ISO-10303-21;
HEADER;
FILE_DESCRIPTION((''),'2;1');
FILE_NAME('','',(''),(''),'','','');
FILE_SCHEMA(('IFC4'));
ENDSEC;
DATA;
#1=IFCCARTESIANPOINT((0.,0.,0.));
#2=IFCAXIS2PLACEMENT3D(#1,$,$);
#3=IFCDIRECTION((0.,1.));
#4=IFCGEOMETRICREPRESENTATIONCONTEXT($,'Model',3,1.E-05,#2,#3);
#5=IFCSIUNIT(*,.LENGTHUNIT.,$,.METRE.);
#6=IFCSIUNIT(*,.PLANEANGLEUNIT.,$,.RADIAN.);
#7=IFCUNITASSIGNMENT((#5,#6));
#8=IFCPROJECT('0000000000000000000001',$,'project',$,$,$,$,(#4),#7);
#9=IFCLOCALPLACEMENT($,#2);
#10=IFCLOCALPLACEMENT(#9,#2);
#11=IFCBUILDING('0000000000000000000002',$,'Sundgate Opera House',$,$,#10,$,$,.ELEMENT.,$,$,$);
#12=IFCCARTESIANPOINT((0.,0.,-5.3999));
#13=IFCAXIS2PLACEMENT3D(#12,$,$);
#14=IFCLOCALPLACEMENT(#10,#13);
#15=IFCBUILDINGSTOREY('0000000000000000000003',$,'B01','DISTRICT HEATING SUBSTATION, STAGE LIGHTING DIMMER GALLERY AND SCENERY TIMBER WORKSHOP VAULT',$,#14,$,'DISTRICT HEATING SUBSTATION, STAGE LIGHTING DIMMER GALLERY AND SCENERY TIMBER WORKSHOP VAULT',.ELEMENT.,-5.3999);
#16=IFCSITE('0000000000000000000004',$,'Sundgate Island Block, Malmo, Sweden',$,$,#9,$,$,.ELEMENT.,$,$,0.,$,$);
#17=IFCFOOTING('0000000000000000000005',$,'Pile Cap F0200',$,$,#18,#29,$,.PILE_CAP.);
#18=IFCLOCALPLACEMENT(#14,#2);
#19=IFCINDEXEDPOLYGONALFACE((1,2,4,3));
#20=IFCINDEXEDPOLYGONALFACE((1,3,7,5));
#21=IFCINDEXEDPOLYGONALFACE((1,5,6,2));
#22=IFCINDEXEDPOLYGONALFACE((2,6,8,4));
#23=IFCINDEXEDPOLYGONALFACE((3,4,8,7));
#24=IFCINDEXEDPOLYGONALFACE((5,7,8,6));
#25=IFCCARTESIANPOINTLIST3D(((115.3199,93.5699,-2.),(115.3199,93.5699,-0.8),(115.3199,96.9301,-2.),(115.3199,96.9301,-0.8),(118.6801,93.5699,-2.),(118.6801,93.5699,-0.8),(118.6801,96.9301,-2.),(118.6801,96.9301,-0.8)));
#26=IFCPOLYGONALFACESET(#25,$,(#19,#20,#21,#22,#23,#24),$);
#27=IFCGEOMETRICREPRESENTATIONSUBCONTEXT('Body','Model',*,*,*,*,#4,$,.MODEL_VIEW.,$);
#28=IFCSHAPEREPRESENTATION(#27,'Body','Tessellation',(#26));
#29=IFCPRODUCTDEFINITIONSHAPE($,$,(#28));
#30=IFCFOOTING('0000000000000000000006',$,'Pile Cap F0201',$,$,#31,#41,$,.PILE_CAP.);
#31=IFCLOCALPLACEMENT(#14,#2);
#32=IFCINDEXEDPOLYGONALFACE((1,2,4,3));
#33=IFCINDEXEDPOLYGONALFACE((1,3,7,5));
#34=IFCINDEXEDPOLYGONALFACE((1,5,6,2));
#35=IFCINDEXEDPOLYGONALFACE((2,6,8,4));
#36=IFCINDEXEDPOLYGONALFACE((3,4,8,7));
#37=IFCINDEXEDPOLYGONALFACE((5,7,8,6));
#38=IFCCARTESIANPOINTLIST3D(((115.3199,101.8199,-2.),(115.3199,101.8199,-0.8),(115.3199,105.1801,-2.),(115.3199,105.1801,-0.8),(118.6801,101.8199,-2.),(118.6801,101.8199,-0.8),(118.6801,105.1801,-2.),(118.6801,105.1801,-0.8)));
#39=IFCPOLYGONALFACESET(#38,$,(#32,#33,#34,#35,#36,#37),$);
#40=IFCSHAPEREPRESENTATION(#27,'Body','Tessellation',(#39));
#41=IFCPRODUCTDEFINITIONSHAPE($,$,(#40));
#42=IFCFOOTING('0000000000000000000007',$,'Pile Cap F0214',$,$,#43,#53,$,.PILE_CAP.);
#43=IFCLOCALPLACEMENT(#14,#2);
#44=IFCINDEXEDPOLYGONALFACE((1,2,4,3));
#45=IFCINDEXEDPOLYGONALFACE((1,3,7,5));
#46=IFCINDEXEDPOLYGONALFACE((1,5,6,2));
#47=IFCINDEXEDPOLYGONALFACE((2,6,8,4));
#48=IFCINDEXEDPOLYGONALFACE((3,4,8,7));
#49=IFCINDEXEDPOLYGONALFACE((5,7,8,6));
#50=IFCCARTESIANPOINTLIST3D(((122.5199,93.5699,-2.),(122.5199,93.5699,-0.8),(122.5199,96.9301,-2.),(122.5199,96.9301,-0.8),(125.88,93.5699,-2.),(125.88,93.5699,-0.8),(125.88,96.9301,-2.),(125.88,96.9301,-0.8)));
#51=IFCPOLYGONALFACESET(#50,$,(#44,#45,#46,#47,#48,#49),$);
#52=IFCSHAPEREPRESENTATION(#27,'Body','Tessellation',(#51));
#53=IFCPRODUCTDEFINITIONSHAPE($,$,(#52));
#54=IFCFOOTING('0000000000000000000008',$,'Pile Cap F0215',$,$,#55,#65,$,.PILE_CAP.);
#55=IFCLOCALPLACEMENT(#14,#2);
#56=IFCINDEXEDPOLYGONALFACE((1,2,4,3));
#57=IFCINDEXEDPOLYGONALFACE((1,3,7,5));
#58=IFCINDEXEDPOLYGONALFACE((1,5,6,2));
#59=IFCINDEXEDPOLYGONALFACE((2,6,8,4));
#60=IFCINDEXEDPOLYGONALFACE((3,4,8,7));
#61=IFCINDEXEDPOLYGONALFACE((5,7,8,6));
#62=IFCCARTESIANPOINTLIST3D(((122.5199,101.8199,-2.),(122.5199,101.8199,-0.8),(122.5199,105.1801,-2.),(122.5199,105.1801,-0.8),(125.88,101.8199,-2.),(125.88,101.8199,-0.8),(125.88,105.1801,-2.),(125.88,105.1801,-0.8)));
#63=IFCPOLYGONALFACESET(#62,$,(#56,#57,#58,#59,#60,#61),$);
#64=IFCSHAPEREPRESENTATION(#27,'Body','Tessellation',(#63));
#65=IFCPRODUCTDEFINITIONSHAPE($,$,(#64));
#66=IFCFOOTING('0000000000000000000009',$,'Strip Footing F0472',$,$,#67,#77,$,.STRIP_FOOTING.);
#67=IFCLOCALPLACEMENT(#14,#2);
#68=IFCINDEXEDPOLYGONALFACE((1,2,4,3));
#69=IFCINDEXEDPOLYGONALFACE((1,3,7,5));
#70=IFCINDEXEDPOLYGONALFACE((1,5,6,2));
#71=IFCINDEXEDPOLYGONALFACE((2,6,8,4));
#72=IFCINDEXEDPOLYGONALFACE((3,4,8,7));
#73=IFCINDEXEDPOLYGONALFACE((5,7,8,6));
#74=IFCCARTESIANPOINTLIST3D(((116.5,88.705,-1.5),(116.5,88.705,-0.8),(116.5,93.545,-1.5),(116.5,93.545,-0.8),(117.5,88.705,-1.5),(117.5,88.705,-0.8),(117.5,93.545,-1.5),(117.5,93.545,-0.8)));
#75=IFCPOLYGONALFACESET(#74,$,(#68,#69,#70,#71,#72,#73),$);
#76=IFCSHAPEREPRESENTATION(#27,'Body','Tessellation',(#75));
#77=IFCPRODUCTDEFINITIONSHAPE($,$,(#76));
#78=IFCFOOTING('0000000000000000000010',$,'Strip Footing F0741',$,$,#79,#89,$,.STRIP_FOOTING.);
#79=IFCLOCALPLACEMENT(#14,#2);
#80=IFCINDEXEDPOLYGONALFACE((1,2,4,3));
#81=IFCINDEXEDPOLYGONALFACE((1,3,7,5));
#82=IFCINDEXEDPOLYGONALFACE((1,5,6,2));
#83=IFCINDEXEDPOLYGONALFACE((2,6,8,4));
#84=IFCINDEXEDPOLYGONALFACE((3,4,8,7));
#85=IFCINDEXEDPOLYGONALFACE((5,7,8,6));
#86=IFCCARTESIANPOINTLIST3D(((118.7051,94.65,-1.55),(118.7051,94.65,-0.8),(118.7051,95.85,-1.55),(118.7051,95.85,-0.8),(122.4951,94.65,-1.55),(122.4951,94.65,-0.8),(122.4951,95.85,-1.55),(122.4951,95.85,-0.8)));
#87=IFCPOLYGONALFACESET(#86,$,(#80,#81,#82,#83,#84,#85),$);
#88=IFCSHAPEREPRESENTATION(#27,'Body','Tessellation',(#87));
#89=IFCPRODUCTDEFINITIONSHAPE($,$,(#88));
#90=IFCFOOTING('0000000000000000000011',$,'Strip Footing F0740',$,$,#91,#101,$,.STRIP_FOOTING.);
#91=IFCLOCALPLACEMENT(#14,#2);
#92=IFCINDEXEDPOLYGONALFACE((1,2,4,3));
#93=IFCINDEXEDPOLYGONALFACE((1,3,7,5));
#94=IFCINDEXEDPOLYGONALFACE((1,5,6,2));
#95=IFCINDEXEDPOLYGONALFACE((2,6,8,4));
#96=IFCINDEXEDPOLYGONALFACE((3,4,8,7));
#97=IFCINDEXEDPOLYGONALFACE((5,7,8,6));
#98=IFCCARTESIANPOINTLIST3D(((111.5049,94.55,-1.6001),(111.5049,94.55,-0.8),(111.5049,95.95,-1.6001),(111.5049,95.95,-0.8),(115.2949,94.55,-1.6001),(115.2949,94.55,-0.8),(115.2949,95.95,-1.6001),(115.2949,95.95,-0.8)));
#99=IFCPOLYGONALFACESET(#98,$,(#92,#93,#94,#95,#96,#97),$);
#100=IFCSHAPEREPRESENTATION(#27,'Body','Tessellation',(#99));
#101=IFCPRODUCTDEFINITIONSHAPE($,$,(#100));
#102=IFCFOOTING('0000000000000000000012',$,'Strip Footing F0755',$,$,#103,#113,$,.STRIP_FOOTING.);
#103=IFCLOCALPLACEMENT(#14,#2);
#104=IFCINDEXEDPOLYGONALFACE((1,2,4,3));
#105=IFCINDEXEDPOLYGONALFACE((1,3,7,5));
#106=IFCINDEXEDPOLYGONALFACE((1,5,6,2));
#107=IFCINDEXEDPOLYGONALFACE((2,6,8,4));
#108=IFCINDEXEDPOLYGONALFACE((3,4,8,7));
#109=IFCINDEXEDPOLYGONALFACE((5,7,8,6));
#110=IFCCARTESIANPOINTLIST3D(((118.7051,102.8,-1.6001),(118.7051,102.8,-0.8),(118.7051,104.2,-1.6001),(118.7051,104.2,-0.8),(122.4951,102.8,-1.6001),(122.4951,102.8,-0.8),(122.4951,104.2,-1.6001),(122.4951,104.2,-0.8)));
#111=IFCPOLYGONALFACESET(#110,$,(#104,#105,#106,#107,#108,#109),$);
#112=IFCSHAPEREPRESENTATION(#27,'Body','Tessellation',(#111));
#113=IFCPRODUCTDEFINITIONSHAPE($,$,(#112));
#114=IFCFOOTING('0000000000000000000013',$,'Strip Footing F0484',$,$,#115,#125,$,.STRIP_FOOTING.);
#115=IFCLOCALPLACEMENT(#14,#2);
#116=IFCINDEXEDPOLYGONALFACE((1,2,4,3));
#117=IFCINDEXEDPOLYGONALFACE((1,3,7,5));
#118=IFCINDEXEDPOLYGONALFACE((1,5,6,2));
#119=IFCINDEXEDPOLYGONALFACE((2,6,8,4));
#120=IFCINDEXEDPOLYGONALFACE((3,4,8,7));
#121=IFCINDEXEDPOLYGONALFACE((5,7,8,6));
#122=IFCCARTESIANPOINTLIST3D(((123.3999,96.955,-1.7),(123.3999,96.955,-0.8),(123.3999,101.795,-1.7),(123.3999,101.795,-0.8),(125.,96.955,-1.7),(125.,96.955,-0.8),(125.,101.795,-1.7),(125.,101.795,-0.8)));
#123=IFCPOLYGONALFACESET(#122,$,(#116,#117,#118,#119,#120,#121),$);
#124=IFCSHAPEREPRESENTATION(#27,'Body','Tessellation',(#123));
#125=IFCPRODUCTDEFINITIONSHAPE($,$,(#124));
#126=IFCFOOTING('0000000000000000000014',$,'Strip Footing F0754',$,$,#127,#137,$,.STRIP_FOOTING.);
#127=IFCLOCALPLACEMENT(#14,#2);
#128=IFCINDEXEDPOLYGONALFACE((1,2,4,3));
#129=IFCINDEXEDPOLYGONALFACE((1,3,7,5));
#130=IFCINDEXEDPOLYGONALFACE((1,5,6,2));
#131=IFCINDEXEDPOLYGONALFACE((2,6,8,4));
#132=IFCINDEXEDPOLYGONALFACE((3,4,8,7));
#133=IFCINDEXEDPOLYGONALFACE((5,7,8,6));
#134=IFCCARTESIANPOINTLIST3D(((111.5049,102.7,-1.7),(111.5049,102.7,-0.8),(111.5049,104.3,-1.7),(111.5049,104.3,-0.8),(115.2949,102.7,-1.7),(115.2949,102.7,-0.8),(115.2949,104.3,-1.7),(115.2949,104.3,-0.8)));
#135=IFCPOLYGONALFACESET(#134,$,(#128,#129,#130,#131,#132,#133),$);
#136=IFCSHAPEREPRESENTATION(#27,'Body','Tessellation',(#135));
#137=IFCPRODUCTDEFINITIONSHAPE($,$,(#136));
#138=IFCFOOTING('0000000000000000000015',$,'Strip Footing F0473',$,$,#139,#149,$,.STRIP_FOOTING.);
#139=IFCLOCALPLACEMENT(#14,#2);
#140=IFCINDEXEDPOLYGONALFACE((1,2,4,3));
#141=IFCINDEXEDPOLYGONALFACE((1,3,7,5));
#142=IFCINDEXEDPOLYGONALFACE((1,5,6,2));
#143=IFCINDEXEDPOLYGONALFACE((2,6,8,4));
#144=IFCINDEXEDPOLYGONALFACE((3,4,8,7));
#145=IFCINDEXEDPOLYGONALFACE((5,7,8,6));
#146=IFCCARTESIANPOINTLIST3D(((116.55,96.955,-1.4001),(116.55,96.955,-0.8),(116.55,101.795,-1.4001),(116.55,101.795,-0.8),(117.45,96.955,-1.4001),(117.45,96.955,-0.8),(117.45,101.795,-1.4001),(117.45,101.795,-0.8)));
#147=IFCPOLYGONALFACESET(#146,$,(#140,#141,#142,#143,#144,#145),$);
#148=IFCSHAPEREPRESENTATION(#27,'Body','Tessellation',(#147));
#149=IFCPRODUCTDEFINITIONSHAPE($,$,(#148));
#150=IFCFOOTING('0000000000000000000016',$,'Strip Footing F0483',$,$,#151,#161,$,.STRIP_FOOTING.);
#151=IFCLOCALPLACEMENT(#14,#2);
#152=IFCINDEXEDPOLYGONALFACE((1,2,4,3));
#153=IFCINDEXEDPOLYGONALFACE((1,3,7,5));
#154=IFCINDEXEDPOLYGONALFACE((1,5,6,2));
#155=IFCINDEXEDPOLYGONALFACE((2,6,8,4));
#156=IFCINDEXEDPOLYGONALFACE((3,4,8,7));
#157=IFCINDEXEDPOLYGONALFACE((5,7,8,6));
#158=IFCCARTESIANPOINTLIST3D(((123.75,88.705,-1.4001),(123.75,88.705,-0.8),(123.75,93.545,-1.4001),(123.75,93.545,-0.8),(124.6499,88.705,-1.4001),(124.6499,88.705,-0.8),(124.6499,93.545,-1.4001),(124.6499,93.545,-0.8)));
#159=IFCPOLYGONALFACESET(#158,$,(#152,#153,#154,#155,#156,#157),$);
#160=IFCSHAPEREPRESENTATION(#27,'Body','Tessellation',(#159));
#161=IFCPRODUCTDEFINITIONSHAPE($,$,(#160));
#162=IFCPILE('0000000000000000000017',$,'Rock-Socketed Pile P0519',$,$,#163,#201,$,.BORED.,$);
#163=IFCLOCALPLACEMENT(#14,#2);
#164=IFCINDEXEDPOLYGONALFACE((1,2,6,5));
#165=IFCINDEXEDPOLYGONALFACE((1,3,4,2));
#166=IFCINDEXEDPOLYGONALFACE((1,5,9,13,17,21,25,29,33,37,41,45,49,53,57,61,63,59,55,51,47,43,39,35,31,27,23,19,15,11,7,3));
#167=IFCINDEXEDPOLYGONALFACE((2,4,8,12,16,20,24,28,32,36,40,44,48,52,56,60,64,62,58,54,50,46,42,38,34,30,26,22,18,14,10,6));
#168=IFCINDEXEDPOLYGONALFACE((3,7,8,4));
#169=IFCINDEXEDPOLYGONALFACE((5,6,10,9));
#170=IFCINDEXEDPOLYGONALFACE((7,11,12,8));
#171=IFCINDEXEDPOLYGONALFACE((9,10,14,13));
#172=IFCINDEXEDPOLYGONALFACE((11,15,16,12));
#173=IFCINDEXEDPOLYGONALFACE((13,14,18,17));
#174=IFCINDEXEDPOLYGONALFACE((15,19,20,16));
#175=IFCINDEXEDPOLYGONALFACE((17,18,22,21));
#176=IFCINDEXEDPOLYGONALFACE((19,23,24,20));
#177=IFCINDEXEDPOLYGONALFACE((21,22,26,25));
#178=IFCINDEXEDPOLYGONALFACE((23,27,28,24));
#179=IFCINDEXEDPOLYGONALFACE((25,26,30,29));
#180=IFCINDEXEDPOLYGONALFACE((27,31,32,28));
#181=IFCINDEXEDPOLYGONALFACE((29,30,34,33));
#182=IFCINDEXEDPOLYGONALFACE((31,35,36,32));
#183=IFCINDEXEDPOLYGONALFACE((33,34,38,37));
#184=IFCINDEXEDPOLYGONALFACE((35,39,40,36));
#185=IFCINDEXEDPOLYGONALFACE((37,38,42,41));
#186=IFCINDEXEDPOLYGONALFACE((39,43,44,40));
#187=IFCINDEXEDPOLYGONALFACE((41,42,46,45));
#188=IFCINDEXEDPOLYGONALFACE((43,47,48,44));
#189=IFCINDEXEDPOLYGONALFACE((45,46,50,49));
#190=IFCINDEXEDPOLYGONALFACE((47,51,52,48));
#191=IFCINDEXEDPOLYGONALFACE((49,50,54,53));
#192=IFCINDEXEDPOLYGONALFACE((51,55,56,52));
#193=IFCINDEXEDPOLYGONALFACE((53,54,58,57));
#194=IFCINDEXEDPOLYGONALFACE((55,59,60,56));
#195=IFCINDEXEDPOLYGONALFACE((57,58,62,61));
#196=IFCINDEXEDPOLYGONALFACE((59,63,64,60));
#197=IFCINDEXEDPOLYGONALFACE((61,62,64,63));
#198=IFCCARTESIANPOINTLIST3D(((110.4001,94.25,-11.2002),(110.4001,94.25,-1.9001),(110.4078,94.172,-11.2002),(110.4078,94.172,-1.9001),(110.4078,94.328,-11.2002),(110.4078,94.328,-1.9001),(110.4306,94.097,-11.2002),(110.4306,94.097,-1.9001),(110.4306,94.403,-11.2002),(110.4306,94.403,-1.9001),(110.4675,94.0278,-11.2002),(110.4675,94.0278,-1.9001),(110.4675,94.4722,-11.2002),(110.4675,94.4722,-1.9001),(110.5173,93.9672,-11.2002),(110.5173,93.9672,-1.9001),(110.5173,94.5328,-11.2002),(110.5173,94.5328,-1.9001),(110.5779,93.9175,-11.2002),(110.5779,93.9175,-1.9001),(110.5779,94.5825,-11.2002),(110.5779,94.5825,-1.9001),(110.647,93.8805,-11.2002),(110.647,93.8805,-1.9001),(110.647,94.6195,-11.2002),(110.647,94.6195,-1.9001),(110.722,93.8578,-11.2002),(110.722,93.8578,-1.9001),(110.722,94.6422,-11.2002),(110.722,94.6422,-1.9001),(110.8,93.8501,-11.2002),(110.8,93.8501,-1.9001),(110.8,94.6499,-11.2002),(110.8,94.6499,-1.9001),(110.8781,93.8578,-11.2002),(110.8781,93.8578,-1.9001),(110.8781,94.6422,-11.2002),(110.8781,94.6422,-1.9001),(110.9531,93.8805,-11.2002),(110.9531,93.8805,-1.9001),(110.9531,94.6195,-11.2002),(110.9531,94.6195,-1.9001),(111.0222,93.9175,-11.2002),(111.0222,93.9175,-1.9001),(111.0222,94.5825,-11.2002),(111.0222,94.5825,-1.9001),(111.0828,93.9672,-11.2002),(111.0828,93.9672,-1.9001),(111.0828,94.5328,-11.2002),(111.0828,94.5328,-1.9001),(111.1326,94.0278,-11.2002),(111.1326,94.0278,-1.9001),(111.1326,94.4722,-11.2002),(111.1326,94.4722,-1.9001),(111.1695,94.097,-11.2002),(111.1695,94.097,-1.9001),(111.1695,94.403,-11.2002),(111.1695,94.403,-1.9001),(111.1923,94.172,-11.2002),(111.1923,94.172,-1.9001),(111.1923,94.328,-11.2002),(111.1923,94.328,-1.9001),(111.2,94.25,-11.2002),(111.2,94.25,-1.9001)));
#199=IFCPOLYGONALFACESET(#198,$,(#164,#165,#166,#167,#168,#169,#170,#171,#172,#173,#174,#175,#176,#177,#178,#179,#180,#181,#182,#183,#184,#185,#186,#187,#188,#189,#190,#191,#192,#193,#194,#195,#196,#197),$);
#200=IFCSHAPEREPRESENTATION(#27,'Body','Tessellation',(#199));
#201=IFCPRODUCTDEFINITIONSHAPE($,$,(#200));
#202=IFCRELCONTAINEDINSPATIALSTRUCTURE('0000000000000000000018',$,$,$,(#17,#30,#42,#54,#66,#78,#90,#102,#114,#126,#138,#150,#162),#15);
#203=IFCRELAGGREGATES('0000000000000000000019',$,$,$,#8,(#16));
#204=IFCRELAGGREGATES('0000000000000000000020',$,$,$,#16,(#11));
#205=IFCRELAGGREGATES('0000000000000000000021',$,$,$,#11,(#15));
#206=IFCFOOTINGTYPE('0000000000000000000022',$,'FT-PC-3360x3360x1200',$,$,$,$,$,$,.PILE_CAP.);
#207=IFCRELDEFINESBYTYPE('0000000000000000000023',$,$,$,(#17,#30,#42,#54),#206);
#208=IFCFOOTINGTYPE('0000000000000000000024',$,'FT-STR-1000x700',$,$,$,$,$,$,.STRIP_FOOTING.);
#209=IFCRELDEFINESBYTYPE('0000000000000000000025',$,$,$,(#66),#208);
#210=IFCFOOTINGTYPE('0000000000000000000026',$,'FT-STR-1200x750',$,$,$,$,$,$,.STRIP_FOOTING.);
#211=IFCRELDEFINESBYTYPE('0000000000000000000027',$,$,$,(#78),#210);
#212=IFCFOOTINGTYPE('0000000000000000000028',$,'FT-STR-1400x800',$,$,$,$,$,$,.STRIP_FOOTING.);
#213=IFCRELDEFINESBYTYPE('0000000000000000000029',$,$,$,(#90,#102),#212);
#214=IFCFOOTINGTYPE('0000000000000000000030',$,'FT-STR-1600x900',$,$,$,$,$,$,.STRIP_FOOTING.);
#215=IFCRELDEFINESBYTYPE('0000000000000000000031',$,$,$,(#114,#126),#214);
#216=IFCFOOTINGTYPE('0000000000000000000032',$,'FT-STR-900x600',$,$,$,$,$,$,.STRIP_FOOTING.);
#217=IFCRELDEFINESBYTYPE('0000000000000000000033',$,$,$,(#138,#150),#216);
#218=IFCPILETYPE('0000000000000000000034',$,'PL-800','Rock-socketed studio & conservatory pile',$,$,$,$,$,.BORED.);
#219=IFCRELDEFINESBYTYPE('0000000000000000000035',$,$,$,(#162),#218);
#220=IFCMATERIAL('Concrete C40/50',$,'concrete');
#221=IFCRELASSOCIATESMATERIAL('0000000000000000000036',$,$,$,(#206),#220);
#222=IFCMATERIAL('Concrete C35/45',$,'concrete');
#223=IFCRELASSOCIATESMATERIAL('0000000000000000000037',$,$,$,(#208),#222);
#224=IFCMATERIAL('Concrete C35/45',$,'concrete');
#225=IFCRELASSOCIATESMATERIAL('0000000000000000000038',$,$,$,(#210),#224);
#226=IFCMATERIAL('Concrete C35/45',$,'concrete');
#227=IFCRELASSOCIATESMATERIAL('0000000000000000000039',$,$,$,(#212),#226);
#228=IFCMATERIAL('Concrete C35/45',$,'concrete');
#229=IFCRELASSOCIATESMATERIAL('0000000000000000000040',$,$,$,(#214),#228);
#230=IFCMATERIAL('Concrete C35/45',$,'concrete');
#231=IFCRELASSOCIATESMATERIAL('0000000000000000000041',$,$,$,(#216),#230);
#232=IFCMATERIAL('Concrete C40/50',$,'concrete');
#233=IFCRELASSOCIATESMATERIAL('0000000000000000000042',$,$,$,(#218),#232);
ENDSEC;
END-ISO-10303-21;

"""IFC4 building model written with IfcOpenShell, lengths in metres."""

from ifc_helpers import new_model, si_unit, direction, frame, origin, origin_2d, place, context, subcontext, project, spatial, rectangle, circle, extrude, material, material_profile, profile_set, type_object, element, save


model = new_model("IFC4")

# Units and contexts
model_context = context("Model", 3, precision=1e-05, world=origin(), true_north=direction((0.0, 1.0)))
body_context = subcontext(model_context, "Body", "Model", "MODEL_VIEW")
ifc_project = project(units=[si_unit("LENGTHUNIT", "METRE"), si_unit("PLANEANGLEUNIT", "RADIAN")], contexts=[model_context])

# Site, building, storey
site_placement = place(None, origin())
site = spatial("IfcSite", under=ifc_project, at=site_placement, Name="Sundgate Island Block, Malmo, Sweden", CompositionType="ELEMENT", RefElevation=0.0)
building_placement = place(site_placement, origin())
building = spatial("IfcBuilding", under=site, at=building_placement, Name="Sundgate Opera House", CompositionType="ELEMENT")
storey_placement = place(building_placement, frame((0.0, 0.0, -5.3999)))
storey = spatial("IfcBuildingStorey", under=building, at=storey_placement, Name="B01", Description="DISTRICT HEATING SUBSTATION, STAGE LIGHTING DIMMER GALLERY AND SCENERY TIMBER WORKSHOP VAULT", LongName="DISTRICT HEATING SUBSTATION, STAGE LIGHTING DIMMER GALLERY AND SCENERY TIMBER WORKSHOP VAULT", CompositionType="ELEMENT", Elevation=-5.3999)

# Footings
ifc_material_1 = material(Name="Concrete C40/50", Category="concrete")
footing_type_1 = type_object("IfcFootingType", Name="FT-PC-3360x3360x1200", PredefinedType="PILE_CAP", material=ifc_material_1)
for number, where, z_axis, x_axis, name in (
    (1, (117.0, 95.25, -2.0), (0.0, 0.0, 1.0), (1.0, 0.0, 0.0), "Pile Cap F0200"),
    (2, (117.0, 103.5, -2.0), (0.0, 0.0, 1.0), (1.0, 0.0, 0.0), "Pile Cap F0201"),
    (3, (124.2, 95.25, -2.0), (0.0, 0.0, 1.0), (1.0, 0.0, 0.0), "Pile Cap F0214"),
    (4, (124.2, 103.5, -2.0), (0.0, 0.0, 1.0), (1.0, 0.0, 0.0), "Pile Cap F0215"),
):
    element("IfcFooting", number, at=place(storey_placement, frame(where, z_axis=z_axis, x_axis=x_axis)), inside=storey, type_object=footing_type_1, Name=name, PredefinedType="PILE_CAP", context=body_context, shape_type="SweptSolid", body=[
        extrude(rectangle(XDim=3.3601, YDim=3.3601, at=origin_2d()), origin(), (0.0, 0.0, 1.0), 1.2),
    ])
ifc_material_2 = material(Name="Concrete C35/45", Category="concrete")
footing_type_2 = type_object("IfcFootingType", Name="FT-STR-1000x700", PredefinedType="STRIP_FOOTING", material=ifc_material_2)
footing_1_placement = place(storey_placement, frame((117.0, 91.125, -1.5), z_axis=(0.0, 0.0, 1.0), x_axis=(1.0, 0.0, 0.0)))
element("IfcFooting", 5, at=footing_1_placement, inside=storey, type_object=footing_type_2, Name="Strip Footing F0472", PredefinedType="STRIP_FOOTING", context=body_context, shape_type="SweptSolid", body=[
    extrude(rectangle(XDim=1.0, YDim=4.8401, at=origin_2d()), origin(), (0.0, 0.0, 1.0), 0.7),
])
ifc_material_3 = material(Name="Concrete C35/45", Category="concrete")
footing_type_3 = type_object("IfcFootingType", Name="FT-STR-1200x750", PredefinedType="STRIP_FOOTING", material=ifc_material_3)
footing_2_placement = place(storey_placement, frame((120.6001, 95.25, -1.55), z_axis=(0.0, 0.0, 1.0), x_axis=(1.0, 0.0, 0.0)))
element("IfcFooting", 6, at=footing_2_placement, inside=storey, type_object=footing_type_3, Name="Strip Footing F0741", PredefinedType="STRIP_FOOTING", context=body_context, shape_type="SweptSolid", body=[
    extrude(rectangle(XDim=3.79, YDim=1.2, at=origin_2d()), origin(), (0.0, 0.0, 1.0), 0.75),
])
ifc_material_4 = material(Name="Concrete C35/45", Category="concrete")
footing_type_4 = type_object("IfcFootingType", Name="FT-STR-1400x800", PredefinedType="STRIP_FOOTING", material=ifc_material_4)
for number, where, z_axis, x_axis, name in (
    (7, (113.3999, 95.25, -1.6001), (0.0, 0.0, 1.0), (1.0, 0.0, 0.0), "Strip Footing F0740"),
    (8, (120.6001, 103.5, -1.6001), (0.0, 0.0, 1.0), (1.0, 0.0, 0.0), "Strip Footing F0755"),
):
    element("IfcFooting", number, at=place(storey_placement, frame(where, z_axis=z_axis, x_axis=x_axis)), inside=storey, type_object=footing_type_4, Name=name, PredefinedType="STRIP_FOOTING", context=body_context, shape_type="SweptSolid", body=[
        extrude(rectangle(XDim=3.79, YDim=1.3999, at=origin_2d()), origin(), (0.0, 0.0, 1.0), 0.8),
    ])
ifc_material_5 = material(Name="Concrete C35/45", Category="concrete")
footing_type_5 = type_object("IfcFootingType", Name="FT-STR-1600x900", PredefinedType="STRIP_FOOTING", material=ifc_material_5)
footing_3_placement = place(storey_placement, frame((124.2, 99.375, -1.7), z_axis=(0.0, 0.0, 1.0), x_axis=(1.0, 0.0, 0.0)))
element("IfcFooting", 9, at=footing_3_placement, inside=storey, type_object=footing_type_5, Name="Strip Footing F0484", PredefinedType="STRIP_FOOTING", context=body_context, shape_type="SweptSolid", body=[
    extrude(rectangle(XDim=1.6001, YDim=4.8401, at=origin_2d()), origin(), (0.0, 0.0, 1.0), 0.8999),
])
footing_4_placement = place(storey_placement, frame((113.3999, 103.5, -1.7), z_axis=(0.0, 0.0, 1.0), x_axis=(1.0, 0.0, 0.0)))
element("IfcFooting", 10, at=footing_4_placement, inside=storey, type_object=footing_type_5, Name="Strip Footing F0754", PredefinedType="STRIP_FOOTING", context=body_context, shape_type="SweptSolid", body=[
    extrude(rectangle(XDim=3.79, YDim=1.6001, at=origin_2d()), origin(), (0.0, 0.0, 1.0), 0.8999),
])
ifc_material_6 = material(Name="Concrete C35/45", Category="concrete")
footing_type_6 = type_object("IfcFootingType", Name="FT-STR-900x600", PredefinedType="STRIP_FOOTING", material=ifc_material_6)
for number, where, z_axis, x_axis, name in (
    (11, (117.0, 99.375, -1.4001), (0.0, 0.0, 1.0), (1.0, 0.0, 0.0), "Strip Footing F0473"),
    (12, (124.2, 91.125, -1.4001), (0.0, 0.0, 1.0), (1.0, 0.0, 0.0), "Strip Footing F0483"),
):
    element("IfcFooting", number, at=place(storey_placement, frame(where, z_axis=z_axis, x_axis=x_axis)), inside=storey, type_object=footing_type_6, Name=name, PredefinedType="STRIP_FOOTING", context=body_context, shape_type="SweptSolid", body=[
        extrude(rectangle(XDim=0.8999, YDim=4.8401, at=origin_2d()), origin(), (0.0, 0.0, 1.0), 0.6001),
    ])

# Pile
ifc_material_7 = material(Name="Concrete C40/50", Category="concrete")
ifc_material_profile_1 = material_profile(ifc_material_7, circle(Radius=0.3999, at=origin_2d()), Name="PILE D800")
ifc_profile_set_1 = profile_set([ifc_material_profile_1], Name="Concrete C40/50")
pile_type = type_object("IfcPileType", Name="PL-800", Description="Rock-socketed studio & conservatory pile", PredefinedType="BORED", material=ifc_profile_set_1)
for number, where, z_axis, x_axis, name in (
    (13, (110.8, 94.25, -1.9001), (0.0, 0.0, -1.0), (1.0, 0.0, 0.0), "Rock-Socketed Pile P0519"),
):
    element("IfcPile", number, at=place(storey_placement, frame(where, z_axis=z_axis, x_axis=x_axis)), inside=storey, type_object=pile_type, Name=name, PredefinedType="BORED", context=body_context, shape_type="SweptSolid", body=[
        extrude(circle(Radius=0.3999, at=origin_2d()), origin(), (0.0, 0.0, 1.0), 9.3),
    ])

save(model, "model.ifc")
